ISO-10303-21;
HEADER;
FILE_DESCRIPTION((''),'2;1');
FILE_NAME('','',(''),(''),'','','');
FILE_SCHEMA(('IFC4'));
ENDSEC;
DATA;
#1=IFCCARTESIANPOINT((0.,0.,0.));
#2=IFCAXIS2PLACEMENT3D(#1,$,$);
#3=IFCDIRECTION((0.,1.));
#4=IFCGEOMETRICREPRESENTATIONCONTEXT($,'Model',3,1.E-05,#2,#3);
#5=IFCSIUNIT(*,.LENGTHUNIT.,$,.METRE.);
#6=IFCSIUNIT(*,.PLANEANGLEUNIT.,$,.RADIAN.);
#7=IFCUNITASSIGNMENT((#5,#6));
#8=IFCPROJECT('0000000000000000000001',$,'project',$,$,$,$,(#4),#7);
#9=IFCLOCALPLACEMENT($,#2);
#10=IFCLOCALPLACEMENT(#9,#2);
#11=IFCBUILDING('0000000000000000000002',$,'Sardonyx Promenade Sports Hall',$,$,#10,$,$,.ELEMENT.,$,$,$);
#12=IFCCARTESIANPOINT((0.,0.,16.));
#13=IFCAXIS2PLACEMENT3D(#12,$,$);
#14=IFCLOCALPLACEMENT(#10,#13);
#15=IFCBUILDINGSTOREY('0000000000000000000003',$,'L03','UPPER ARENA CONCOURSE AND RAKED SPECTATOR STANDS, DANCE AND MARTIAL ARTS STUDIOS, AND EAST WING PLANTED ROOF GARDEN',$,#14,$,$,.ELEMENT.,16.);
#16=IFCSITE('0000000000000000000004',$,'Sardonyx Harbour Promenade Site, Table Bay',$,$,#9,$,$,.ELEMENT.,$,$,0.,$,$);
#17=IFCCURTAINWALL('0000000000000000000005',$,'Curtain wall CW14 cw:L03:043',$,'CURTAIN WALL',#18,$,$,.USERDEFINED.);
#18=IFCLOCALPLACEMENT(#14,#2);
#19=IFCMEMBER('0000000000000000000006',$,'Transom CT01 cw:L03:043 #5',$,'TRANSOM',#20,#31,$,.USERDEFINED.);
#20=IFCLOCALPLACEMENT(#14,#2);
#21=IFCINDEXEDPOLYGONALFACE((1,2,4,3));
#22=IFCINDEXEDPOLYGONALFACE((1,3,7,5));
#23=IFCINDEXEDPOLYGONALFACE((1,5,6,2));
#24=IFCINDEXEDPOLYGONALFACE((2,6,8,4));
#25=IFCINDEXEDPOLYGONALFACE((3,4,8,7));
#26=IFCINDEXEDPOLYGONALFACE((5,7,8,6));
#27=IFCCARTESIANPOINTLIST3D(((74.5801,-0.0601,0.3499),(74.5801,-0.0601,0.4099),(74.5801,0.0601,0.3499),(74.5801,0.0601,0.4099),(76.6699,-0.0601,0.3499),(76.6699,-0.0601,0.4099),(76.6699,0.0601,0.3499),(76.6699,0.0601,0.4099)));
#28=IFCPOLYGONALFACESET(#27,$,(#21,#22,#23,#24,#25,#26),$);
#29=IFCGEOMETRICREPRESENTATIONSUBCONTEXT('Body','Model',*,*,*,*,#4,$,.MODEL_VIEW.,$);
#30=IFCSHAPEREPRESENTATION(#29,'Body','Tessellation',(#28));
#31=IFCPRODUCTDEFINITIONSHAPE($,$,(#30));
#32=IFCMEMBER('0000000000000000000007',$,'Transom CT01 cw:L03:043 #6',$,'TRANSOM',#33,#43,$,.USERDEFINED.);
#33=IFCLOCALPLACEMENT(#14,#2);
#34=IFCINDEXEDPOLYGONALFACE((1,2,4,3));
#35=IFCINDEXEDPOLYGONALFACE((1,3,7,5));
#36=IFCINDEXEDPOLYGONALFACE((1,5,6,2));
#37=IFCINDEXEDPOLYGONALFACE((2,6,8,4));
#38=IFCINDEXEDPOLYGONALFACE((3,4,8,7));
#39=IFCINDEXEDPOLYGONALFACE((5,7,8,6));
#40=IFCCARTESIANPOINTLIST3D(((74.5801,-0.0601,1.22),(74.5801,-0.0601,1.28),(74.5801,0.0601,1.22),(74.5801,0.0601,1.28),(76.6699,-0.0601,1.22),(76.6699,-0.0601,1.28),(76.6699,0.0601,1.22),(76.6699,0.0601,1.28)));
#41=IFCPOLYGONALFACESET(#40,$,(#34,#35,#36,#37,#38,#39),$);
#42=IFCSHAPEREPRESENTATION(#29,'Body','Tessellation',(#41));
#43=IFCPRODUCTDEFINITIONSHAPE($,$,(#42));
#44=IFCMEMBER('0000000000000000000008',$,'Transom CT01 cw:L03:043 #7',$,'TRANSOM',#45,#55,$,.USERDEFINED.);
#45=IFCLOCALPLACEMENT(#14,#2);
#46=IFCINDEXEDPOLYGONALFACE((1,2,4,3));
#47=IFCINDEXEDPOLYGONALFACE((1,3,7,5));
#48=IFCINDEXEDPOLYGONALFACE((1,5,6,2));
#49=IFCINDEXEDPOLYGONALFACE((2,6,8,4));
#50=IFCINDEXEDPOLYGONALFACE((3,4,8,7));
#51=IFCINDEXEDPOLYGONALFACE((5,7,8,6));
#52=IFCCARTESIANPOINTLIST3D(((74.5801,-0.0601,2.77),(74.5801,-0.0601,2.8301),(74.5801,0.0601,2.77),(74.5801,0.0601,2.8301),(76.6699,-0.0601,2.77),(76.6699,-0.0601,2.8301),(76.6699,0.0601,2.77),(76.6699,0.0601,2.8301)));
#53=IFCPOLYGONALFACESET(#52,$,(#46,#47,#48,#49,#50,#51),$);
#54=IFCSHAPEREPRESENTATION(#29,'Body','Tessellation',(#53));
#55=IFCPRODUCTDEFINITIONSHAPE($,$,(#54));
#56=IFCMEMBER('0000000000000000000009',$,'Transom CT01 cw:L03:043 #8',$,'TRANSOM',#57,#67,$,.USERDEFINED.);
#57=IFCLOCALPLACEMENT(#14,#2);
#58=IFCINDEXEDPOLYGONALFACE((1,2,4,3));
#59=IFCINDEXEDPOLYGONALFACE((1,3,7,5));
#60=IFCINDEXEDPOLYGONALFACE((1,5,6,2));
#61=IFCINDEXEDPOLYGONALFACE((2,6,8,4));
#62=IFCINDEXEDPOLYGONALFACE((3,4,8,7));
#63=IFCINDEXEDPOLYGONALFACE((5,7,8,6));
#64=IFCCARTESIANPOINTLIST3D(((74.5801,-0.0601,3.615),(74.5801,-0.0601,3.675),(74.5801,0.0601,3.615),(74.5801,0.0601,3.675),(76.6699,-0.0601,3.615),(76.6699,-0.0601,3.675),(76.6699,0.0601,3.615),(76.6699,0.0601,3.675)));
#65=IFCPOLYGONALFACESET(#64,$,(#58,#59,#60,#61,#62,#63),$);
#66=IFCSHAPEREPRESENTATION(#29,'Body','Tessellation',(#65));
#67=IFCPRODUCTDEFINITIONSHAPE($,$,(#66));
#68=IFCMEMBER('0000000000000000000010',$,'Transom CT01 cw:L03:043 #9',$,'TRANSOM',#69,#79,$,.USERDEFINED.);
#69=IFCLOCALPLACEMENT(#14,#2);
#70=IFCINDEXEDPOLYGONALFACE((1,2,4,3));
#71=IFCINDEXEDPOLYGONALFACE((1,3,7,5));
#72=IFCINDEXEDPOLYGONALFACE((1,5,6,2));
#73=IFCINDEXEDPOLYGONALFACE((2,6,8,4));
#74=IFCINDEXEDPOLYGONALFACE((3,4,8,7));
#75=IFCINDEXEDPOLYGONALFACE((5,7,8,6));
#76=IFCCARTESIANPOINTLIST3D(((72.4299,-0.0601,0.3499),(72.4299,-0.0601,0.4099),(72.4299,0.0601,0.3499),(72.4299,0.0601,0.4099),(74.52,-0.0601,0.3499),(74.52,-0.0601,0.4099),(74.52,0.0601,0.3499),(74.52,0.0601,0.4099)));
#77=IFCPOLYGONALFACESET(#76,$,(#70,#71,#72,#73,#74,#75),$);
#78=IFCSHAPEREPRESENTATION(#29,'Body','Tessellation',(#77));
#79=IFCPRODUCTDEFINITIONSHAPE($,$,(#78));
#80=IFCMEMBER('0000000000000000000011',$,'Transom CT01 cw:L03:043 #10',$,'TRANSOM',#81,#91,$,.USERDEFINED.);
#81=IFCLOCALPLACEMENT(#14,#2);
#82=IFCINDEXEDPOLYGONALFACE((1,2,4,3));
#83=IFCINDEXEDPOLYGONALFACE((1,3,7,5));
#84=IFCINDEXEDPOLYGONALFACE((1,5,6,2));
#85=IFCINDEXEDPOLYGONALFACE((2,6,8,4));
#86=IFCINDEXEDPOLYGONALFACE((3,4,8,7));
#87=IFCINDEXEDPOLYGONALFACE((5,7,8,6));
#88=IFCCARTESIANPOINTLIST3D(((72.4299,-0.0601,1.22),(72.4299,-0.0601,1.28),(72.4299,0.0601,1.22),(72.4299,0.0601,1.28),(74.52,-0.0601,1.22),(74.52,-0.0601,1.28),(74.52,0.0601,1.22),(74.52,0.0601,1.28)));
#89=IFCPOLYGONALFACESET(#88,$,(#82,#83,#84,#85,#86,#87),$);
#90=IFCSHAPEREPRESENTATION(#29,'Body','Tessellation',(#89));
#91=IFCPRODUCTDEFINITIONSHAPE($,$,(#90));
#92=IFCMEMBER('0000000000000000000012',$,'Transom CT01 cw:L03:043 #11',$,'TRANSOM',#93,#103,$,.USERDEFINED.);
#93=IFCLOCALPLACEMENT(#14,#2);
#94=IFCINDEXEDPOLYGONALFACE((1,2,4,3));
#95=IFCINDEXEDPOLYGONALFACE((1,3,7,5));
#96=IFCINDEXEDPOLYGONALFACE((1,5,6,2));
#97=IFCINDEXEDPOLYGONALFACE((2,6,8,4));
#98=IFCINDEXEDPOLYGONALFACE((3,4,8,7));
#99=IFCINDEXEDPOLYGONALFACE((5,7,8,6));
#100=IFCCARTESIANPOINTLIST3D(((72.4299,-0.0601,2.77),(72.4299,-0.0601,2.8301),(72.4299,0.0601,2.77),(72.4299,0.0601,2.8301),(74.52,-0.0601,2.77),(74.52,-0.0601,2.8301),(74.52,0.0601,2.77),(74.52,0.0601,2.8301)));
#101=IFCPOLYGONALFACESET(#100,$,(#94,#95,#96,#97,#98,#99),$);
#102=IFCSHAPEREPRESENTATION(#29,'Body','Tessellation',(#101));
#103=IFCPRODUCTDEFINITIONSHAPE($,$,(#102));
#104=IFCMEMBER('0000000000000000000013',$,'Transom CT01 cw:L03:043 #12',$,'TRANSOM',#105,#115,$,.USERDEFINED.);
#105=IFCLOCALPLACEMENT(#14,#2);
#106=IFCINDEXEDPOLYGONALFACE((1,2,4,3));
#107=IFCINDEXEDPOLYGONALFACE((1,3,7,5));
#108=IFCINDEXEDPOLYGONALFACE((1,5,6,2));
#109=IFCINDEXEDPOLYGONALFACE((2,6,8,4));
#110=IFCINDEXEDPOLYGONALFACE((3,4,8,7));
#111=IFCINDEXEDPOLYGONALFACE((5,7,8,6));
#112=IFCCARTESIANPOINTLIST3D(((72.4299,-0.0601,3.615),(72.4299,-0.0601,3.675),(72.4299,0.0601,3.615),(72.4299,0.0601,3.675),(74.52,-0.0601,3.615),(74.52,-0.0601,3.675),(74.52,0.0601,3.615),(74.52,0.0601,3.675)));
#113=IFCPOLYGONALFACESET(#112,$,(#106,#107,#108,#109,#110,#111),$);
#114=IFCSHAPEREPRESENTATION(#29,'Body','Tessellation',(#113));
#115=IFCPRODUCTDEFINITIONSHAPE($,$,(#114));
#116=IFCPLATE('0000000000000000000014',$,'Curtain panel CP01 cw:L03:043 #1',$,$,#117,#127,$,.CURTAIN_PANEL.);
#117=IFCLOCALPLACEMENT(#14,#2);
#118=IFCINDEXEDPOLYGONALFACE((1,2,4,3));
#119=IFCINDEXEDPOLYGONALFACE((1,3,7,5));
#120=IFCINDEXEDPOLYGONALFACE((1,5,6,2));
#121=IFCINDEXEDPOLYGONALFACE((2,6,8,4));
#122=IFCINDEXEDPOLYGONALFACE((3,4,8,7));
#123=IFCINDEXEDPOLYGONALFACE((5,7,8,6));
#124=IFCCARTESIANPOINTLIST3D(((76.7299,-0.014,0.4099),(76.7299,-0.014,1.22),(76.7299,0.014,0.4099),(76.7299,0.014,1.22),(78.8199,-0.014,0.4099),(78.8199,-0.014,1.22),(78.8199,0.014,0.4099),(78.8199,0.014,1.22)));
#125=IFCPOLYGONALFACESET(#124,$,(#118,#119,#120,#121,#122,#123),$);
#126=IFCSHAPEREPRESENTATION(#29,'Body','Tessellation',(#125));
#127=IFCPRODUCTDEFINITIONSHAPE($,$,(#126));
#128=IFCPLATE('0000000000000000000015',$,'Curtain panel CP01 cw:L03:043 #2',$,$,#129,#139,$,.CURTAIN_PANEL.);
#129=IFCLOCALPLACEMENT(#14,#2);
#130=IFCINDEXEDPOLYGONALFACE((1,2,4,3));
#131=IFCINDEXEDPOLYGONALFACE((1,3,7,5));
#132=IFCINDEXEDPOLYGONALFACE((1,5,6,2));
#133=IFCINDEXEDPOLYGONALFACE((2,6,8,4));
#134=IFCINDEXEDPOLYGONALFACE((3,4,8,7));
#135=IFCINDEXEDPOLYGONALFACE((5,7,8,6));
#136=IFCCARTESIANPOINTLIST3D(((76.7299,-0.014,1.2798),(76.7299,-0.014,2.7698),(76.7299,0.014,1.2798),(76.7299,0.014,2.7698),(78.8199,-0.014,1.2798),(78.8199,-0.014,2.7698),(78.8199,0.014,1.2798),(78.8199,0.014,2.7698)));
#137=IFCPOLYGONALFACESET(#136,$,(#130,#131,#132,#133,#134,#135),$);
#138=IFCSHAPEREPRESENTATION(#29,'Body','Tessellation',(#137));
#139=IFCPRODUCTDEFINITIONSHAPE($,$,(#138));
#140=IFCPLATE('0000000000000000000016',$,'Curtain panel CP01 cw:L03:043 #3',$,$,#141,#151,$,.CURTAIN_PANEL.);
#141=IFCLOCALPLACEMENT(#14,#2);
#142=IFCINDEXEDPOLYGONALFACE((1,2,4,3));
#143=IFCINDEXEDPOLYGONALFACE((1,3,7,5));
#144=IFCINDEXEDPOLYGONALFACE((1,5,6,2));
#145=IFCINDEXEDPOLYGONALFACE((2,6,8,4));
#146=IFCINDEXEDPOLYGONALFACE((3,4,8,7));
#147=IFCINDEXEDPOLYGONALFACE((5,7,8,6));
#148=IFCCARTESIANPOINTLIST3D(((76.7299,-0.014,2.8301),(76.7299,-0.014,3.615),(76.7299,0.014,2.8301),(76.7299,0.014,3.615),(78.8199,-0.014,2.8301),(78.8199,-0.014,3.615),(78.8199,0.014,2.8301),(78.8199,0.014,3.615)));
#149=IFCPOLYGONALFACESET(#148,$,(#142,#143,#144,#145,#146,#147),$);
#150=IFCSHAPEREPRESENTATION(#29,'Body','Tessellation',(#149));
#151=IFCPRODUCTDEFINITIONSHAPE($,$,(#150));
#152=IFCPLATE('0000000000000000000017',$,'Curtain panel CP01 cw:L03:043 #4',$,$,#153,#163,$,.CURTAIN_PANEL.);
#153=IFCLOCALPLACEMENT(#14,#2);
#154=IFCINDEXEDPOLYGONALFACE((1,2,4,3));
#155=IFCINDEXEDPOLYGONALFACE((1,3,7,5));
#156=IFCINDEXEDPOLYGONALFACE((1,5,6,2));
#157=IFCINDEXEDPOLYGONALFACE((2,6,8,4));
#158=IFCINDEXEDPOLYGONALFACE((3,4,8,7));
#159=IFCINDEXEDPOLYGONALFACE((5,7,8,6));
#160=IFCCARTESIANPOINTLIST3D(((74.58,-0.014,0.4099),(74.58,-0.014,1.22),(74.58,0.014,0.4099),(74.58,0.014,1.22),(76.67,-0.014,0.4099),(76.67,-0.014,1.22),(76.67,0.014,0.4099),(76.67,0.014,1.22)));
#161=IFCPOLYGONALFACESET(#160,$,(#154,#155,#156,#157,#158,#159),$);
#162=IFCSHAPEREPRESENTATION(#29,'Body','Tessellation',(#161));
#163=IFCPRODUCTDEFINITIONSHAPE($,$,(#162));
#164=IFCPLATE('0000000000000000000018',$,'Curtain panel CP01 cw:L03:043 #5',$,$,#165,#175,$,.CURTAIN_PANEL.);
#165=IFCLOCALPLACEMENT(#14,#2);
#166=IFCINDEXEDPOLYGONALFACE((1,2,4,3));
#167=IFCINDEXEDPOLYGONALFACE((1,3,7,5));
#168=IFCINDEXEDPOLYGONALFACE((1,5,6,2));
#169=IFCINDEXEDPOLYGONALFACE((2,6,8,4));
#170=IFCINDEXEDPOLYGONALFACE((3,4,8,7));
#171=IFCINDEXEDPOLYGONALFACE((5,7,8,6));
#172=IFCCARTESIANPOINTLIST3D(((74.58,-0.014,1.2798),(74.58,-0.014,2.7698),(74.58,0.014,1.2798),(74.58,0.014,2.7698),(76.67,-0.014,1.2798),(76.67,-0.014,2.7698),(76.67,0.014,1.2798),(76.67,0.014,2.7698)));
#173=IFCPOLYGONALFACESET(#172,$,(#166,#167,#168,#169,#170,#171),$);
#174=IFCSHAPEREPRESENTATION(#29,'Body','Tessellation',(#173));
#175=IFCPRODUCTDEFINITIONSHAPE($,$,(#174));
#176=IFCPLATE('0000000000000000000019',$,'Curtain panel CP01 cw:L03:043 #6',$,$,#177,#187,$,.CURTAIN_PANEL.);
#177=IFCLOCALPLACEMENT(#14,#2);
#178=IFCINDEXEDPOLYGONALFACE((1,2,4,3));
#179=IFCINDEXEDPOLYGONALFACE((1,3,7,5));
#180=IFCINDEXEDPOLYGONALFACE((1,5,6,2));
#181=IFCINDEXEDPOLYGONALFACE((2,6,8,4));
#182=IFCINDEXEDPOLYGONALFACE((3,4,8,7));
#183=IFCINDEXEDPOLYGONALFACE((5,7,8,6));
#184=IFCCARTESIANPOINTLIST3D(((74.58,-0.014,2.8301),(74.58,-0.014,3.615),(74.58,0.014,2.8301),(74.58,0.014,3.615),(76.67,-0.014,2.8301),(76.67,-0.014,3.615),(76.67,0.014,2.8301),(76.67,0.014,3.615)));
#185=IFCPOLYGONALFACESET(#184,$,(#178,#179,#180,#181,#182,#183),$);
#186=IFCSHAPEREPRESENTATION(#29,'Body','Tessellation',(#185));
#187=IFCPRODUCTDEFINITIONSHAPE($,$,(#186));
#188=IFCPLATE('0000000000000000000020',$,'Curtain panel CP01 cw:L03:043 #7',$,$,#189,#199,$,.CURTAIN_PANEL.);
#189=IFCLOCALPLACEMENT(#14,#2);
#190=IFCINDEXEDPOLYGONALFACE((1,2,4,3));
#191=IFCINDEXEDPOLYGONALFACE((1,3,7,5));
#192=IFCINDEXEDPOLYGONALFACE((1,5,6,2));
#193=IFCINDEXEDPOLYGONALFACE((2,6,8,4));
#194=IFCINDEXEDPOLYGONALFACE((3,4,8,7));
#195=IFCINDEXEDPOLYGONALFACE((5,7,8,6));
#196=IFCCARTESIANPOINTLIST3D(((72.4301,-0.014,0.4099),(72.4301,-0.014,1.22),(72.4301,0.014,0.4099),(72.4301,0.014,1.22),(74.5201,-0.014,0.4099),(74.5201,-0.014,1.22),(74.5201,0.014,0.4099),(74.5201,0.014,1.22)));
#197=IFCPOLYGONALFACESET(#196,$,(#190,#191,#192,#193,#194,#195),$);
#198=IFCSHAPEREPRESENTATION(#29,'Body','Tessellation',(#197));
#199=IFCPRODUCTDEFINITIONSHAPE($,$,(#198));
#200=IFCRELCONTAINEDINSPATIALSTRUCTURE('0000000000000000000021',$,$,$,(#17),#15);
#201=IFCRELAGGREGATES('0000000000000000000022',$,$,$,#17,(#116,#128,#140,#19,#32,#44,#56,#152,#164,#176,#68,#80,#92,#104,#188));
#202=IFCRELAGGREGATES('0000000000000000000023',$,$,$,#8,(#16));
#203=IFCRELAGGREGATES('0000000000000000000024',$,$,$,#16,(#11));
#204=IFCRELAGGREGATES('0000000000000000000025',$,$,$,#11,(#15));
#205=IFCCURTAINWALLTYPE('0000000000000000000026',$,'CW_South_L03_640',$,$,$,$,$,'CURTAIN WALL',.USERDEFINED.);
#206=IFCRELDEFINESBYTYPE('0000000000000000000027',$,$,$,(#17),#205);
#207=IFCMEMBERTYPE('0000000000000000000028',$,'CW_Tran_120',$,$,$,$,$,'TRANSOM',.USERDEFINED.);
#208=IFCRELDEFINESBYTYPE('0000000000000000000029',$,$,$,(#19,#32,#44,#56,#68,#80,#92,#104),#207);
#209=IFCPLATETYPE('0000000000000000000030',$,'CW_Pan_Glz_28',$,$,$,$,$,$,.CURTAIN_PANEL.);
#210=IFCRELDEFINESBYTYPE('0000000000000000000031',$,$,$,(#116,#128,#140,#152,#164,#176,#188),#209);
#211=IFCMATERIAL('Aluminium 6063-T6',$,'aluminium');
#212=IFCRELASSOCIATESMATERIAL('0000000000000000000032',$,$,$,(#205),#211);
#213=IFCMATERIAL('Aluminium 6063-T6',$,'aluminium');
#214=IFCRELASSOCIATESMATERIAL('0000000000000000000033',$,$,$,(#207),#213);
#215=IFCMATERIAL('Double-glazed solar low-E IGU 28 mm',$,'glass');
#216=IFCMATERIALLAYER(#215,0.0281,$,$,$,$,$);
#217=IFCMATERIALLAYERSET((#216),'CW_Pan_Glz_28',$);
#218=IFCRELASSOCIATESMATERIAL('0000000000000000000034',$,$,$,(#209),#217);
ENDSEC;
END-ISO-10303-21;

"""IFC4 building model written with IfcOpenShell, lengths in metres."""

from ifc_helpers import new_model, si_unit, direction, frame, origin, origin_2d, place, context, subcontext, project, spatial, rectangle, extrude, material, layer, layer_set, material_profile, profile_set, type_object, element, aggregate, save


model = new_model("IFC4")

# Units and contexts
model_context = context("Model", 3, precision=1e-05, world=origin(), true_north=direction((0.0, 1.0)))
body_context = subcontext(model_context, "Body", "Model", "MODEL_VIEW")
ifc_project = project(units=[si_unit("LENGTHUNIT", "METRE"), si_unit("PLANEANGLEUNIT", "RADIAN")], contexts=[model_context])

# Site, building, storey
site_placement = place(None, origin())
site = spatial("IfcSite", under=ifc_project, at=site_placement, Name="Sardonyx Harbour Promenade Site, Table Bay", CompositionType="ELEMENT", RefElevation=0.0)
building_placement = place(site_placement, origin())
building = spatial("IfcBuilding", under=site, at=building_placement, Name="Sardonyx Promenade Sports Hall", CompositionType="ELEMENT")
storey_placement = place(building_placement, frame((0.0, 0.0, 16.0)))
storey = spatial("IfcBuildingStorey", under=building, at=storey_placement, Name="L03", Description="UPPER ARENA CONCOURSE AND RAKED SPECTATOR STANDS, DANCE AND MARTIAL ARTS STUDIOS, AND EAST WING PLANTED ROOF GARDEN", CompositionType="ELEMENT", Elevation=16.0)

# Curtain wall, members, plates
ifc_material_1 = material(Name="Aluminium 6063-T6", Category="aluminium")
curtain_wall_type = type_object("IfcCurtainWallType", Name="CW_South_L03_640", ElementType="CURTAIN WALL", PredefinedType="USERDEFINED", material=ifc_material_1)
curtain_wall_placement = place(storey_placement, origin())
curtain_wall = element("IfcCurtainWall", 1, at=curtain_wall_placement, inside=storey, type_object=curtain_wall_type, Name="Curtain wall CW14 cw:L03:043", ObjectType="CURTAIN WALL", PredefinedType="USERDEFINED")
ifc_material_2 = material(Name="Aluminium 6063-T6", Category="aluminium")
ifc_material_profile_1 = material_profile(ifc_material_2, rectangle(XDim=0.0601, YDim=0.1201, at=origin_2d()))
ifc_profile_set_1 = profile_set([ifc_material_profile_1], Name="Aluminium 6063-T6")
member_type_1 = type_object("IfcMemberType", Name="CW_Tran_120", ElementType="TRANSOM", PredefinedType="USERDEFINED", material=ifc_profile_set_1)
member_1_placement = place(storey_placement, frame((76.6699, 0.0, 0.3799), z_axis=(-1.0, 0.0, 0.0), x_axis=(0.0, 0.0, 1.0)))
member_1 = element("IfcMember", 2, at=member_1_placement, type_object=member_type_1, Name="Transom CT01 cw:L03:043 #5", ObjectType="TRANSOM", PredefinedType="USERDEFINED", context=body_context, shape_type="SweptSolid", body=[
    extrude(rectangle(XDim=0.0601, YDim=0.1201, at=origin_2d()), origin(), (0.0, 0.0, 1.0), 2.0898),
])
member_2_placement = place(storey_placement, frame((76.6699, 0.0, 1.25), z_axis=(-1.0, 0.0, 0.0), x_axis=(0.0, 0.0, 1.0)))
member_2 = element("IfcMember", 3, at=member_2_placement, type_object=member_type_1, Name="Transom CT01 cw:L03:043 #6", ObjectType="TRANSOM", PredefinedType="USERDEFINED", context=body_context, shape_type="SweptSolid", body=[
    extrude(rectangle(XDim=0.0601, YDim=0.1201, at=origin_2d()), origin(), (0.0, 0.0, 1.0), 2.0898),
])
member_3_placement = place(storey_placement, frame((76.6699, 0.0, 2.8), z_axis=(-1.0, 0.0, 0.0), x_axis=(0.0, 0.0, 1.0)))
member_3 = element("IfcMember", 4, at=member_3_placement, type_object=member_type_1, Name="Transom CT01 cw:L03:043 #7", ObjectType="TRANSOM", PredefinedType="USERDEFINED", context=body_context, shape_type="SweptSolid", body=[
    extrude(rectangle(XDim=0.0601, YDim=0.1201, at=origin_2d()), origin(), (0.0, 0.0, 1.0), 2.0898),
])
member_4_placement = place(storey_placement, frame((76.6699, 0.0, 3.645), z_axis=(-1.0, 0.0, 0.0), x_axis=(0.0, 0.0, 1.0)))
member_4 = element("IfcMember", 5, at=member_4_placement, type_object=member_type_1, Name="Transom CT01 cw:L03:043 #8", ObjectType="TRANSOM", PredefinedType="USERDEFINED", context=body_context, shape_type="SweptSolid", body=[
    extrude(rectangle(XDim=0.0601, YDim=0.1201, at=origin_2d()), origin(), (0.0, 0.0, 1.0), 2.0898),
])
member_5_placement = place(storey_placement, frame((74.52, 0.0, 0.3799), z_axis=(-1.0, 0.0, 0.0), x_axis=(0.0, 0.0, 1.0)))
member_5 = element("IfcMember", 6, at=member_5_placement, type_object=member_type_1, Name="Transom CT01 cw:L03:043 #9", ObjectType="TRANSOM", PredefinedType="USERDEFINED", context=body_context, shape_type="SweptSolid", body=[
    extrude(rectangle(XDim=0.0601, YDim=0.1201, at=origin_2d()), origin(), (0.0, 0.0, 1.0), 2.0901),
])
member_6_placement = place(storey_placement, frame((74.52, 0.0, 1.25), z_axis=(-1.0, 0.0, 0.0), x_axis=(0.0, 0.0, 1.0)))
member_6 = element("IfcMember", 7, at=member_6_placement, type_object=member_type_1, Name="Transom CT01 cw:L03:043 #10", ObjectType="TRANSOM", PredefinedType="USERDEFINED", context=body_context, shape_type="SweptSolid", body=[
    extrude(rectangle(XDim=0.0601, YDim=0.1201, at=origin_2d()), origin(), (0.0, 0.0, 1.0), 2.0901),
])
member_7_placement = place(storey_placement, frame((74.52, 0.0, 2.8), z_axis=(-1.0, 0.0, 0.0), x_axis=(0.0, 0.0, 1.0)))
member_7 = element("IfcMember", 8, at=member_7_placement, type_object=member_type_1, Name="Transom CT01 cw:L03:043 #11", ObjectType="TRANSOM", PredefinedType="USERDEFINED", context=body_context, shape_type="SweptSolid", body=[
    extrude(rectangle(XDim=0.0601, YDim=0.1201, at=origin_2d()), origin(), (0.0, 0.0, 1.0), 2.0901),
])
member_8_placement = place(storey_placement, frame((74.52, 0.0, 3.645), z_axis=(-1.0, 0.0, 0.0), x_axis=(0.0, 0.0, 1.0)))
member_8 = element("IfcMember", 9, at=member_8_placement, type_object=member_type_1, Name="Transom CT01 cw:L03:043 #12", ObjectType="TRANSOM", PredefinedType="USERDEFINED", context=body_context, shape_type="SweptSolid", body=[
    extrude(rectangle(XDim=0.0601, YDim=0.1201, at=origin_2d()), origin(), (0.0, 0.0, 1.0), 2.0901),
])
ifc_material_3 = material(Name="Double-glazed solar low-E IGU 28 mm", Category="glass")
ifc_layer_1 = layer(ifc_material_3, 0.0281)
ifc_layer_set_1 = layer_set([ifc_layer_1], Name="CW_Pan_Glz_28")
plate_type = type_object("IfcPlateType", Name="CW_Pan_Glz_28", PredefinedType="CURTAIN_PANEL", material=ifc_layer_set_1)
plate_1_placement = place(storey_placement, frame((77.7749, 0.0, 0.4099), z_axis=(0.0, 0.0, 1.0), x_axis=(-1.0, 0.0, 0.0)))
plate_1 = element("IfcPlate", 10, at=plate_1_placement, type_object=plate_type, Name="Curtain panel CP01 cw:L03:043 #1", PredefinedType="CURTAIN_PANEL", context=body_context, shape_type="SweptSolid", body=[
    extrude(rectangle(XDim=2.0901, YDim=0.0281, at=origin_2d()), origin(), (0.0, 0.0, 1.0), 0.8101),
])
plate_2_placement = place(storey_placement, frame((77.7749, 0.0, 1.2798), z_axis=(0.0, 0.0, 1.0), x_axis=(-1.0, 0.0, 0.0)))
plate_2 = element("IfcPlate", 11, at=plate_2_placement, type_object=plate_type, Name="Curtain panel CP01 cw:L03:043 #2", PredefinedType="CURTAIN_PANEL", context=body_context, shape_type="SweptSolid", body=[
    extrude(rectangle(XDim=2.0901, YDim=0.0281, at=origin_2d()), origin(), (0.0, 0.0, 1.0), 1.49),
])
plate_3_placement = place(storey_placement, frame((77.7749, 0.0, 2.8301), z_axis=(0.0, 0.0, 1.0), x_axis=(-1.0, 0.0, 0.0)))
plate_3 = element("IfcPlate", 12, at=plate_3_placement, type_object=plate_type, Name="Curtain panel CP01 cw:L03:043 #3", PredefinedType="CURTAIN_PANEL", context=body_context, shape_type="SweptSolid", body=[
    extrude(rectangle(XDim=2.0901, YDim=0.0281, at=origin_2d()), origin(), (0.0, 0.0, 1.0), 0.7849),
])
plate_4_placement = place(storey_placement, frame((75.625, 0.0, 0.4099), z_axis=(0.0, 0.0, 1.0), x_axis=(-1.0, 0.0, 0.0)))
plate_4 = element("IfcPlate", 13, at=plate_4_placement, type_object=plate_type, Name="Curtain panel CP01 cw:L03:043 #4", PredefinedType="CURTAIN_PANEL", context=body_context, shape_type="SweptSolid", body=[
    extrude(rectangle(XDim=2.0901, YDim=0.0281, at=origin_2d()), origin(), (0.0, 0.0, 1.0), 0.8101),
])
plate_5_placement = place(storey_placement, frame((75.625, 0.0, 1.2798), z_axis=(0.0, 0.0, 1.0), x_axis=(-1.0, 0.0, 0.0)))
plate_5 = element("IfcPlate", 14, at=plate_5_placement, type_object=plate_type, Name="Curtain panel CP01 cw:L03:043 #5", PredefinedType="CURTAIN_PANEL", context=body_context, shape_type="SweptSolid", body=[
    extrude(rectangle(XDim=2.0901, YDim=0.0281, at=origin_2d()), origin(), (0.0, 0.0, 1.0), 1.49),
])
plate_6_placement = place(storey_placement, frame((75.625, 0.0, 2.8301), z_axis=(0.0, 0.0, 1.0), x_axis=(-1.0, 0.0, 0.0)))
plate_6 = element("IfcPlate", 15, at=plate_6_placement, type_object=plate_type, Name="Curtain panel CP01 cw:L03:043 #6", PredefinedType="CURTAIN_PANEL", context=body_context, shape_type="SweptSolid", body=[
    extrude(rectangle(XDim=2.0901, YDim=0.0281, at=origin_2d()), origin(), (0.0, 0.0, 1.0), 0.7849),
])
plate_7_placement = place(storey_placement, frame((73.4751, 0.0, 0.4099), z_axis=(0.0, 0.0, 1.0), x_axis=(-1.0, 0.0, 0.0)))
plate_7 = element("IfcPlate", 16, at=plate_7_placement, type_object=plate_type, Name="Curtain panel CP01 cw:L03:043 #7", PredefinedType="CURTAIN_PANEL", context=body_context, shape_type="SweptSolid", body=[
    extrude(rectangle(XDim=2.0901, YDim=0.0281, at=origin_2d()), origin(), (0.0, 0.0, 1.0), 0.8101),
])
aggregate(curtain_wall, [plate_1, plate_2, plate_3, member_1, member_2, member_3, member_4, plate_4, plate_5, plate_6, member_5, member_6, member_7, member_8, plate_7])

save(model, "model.ifc")
